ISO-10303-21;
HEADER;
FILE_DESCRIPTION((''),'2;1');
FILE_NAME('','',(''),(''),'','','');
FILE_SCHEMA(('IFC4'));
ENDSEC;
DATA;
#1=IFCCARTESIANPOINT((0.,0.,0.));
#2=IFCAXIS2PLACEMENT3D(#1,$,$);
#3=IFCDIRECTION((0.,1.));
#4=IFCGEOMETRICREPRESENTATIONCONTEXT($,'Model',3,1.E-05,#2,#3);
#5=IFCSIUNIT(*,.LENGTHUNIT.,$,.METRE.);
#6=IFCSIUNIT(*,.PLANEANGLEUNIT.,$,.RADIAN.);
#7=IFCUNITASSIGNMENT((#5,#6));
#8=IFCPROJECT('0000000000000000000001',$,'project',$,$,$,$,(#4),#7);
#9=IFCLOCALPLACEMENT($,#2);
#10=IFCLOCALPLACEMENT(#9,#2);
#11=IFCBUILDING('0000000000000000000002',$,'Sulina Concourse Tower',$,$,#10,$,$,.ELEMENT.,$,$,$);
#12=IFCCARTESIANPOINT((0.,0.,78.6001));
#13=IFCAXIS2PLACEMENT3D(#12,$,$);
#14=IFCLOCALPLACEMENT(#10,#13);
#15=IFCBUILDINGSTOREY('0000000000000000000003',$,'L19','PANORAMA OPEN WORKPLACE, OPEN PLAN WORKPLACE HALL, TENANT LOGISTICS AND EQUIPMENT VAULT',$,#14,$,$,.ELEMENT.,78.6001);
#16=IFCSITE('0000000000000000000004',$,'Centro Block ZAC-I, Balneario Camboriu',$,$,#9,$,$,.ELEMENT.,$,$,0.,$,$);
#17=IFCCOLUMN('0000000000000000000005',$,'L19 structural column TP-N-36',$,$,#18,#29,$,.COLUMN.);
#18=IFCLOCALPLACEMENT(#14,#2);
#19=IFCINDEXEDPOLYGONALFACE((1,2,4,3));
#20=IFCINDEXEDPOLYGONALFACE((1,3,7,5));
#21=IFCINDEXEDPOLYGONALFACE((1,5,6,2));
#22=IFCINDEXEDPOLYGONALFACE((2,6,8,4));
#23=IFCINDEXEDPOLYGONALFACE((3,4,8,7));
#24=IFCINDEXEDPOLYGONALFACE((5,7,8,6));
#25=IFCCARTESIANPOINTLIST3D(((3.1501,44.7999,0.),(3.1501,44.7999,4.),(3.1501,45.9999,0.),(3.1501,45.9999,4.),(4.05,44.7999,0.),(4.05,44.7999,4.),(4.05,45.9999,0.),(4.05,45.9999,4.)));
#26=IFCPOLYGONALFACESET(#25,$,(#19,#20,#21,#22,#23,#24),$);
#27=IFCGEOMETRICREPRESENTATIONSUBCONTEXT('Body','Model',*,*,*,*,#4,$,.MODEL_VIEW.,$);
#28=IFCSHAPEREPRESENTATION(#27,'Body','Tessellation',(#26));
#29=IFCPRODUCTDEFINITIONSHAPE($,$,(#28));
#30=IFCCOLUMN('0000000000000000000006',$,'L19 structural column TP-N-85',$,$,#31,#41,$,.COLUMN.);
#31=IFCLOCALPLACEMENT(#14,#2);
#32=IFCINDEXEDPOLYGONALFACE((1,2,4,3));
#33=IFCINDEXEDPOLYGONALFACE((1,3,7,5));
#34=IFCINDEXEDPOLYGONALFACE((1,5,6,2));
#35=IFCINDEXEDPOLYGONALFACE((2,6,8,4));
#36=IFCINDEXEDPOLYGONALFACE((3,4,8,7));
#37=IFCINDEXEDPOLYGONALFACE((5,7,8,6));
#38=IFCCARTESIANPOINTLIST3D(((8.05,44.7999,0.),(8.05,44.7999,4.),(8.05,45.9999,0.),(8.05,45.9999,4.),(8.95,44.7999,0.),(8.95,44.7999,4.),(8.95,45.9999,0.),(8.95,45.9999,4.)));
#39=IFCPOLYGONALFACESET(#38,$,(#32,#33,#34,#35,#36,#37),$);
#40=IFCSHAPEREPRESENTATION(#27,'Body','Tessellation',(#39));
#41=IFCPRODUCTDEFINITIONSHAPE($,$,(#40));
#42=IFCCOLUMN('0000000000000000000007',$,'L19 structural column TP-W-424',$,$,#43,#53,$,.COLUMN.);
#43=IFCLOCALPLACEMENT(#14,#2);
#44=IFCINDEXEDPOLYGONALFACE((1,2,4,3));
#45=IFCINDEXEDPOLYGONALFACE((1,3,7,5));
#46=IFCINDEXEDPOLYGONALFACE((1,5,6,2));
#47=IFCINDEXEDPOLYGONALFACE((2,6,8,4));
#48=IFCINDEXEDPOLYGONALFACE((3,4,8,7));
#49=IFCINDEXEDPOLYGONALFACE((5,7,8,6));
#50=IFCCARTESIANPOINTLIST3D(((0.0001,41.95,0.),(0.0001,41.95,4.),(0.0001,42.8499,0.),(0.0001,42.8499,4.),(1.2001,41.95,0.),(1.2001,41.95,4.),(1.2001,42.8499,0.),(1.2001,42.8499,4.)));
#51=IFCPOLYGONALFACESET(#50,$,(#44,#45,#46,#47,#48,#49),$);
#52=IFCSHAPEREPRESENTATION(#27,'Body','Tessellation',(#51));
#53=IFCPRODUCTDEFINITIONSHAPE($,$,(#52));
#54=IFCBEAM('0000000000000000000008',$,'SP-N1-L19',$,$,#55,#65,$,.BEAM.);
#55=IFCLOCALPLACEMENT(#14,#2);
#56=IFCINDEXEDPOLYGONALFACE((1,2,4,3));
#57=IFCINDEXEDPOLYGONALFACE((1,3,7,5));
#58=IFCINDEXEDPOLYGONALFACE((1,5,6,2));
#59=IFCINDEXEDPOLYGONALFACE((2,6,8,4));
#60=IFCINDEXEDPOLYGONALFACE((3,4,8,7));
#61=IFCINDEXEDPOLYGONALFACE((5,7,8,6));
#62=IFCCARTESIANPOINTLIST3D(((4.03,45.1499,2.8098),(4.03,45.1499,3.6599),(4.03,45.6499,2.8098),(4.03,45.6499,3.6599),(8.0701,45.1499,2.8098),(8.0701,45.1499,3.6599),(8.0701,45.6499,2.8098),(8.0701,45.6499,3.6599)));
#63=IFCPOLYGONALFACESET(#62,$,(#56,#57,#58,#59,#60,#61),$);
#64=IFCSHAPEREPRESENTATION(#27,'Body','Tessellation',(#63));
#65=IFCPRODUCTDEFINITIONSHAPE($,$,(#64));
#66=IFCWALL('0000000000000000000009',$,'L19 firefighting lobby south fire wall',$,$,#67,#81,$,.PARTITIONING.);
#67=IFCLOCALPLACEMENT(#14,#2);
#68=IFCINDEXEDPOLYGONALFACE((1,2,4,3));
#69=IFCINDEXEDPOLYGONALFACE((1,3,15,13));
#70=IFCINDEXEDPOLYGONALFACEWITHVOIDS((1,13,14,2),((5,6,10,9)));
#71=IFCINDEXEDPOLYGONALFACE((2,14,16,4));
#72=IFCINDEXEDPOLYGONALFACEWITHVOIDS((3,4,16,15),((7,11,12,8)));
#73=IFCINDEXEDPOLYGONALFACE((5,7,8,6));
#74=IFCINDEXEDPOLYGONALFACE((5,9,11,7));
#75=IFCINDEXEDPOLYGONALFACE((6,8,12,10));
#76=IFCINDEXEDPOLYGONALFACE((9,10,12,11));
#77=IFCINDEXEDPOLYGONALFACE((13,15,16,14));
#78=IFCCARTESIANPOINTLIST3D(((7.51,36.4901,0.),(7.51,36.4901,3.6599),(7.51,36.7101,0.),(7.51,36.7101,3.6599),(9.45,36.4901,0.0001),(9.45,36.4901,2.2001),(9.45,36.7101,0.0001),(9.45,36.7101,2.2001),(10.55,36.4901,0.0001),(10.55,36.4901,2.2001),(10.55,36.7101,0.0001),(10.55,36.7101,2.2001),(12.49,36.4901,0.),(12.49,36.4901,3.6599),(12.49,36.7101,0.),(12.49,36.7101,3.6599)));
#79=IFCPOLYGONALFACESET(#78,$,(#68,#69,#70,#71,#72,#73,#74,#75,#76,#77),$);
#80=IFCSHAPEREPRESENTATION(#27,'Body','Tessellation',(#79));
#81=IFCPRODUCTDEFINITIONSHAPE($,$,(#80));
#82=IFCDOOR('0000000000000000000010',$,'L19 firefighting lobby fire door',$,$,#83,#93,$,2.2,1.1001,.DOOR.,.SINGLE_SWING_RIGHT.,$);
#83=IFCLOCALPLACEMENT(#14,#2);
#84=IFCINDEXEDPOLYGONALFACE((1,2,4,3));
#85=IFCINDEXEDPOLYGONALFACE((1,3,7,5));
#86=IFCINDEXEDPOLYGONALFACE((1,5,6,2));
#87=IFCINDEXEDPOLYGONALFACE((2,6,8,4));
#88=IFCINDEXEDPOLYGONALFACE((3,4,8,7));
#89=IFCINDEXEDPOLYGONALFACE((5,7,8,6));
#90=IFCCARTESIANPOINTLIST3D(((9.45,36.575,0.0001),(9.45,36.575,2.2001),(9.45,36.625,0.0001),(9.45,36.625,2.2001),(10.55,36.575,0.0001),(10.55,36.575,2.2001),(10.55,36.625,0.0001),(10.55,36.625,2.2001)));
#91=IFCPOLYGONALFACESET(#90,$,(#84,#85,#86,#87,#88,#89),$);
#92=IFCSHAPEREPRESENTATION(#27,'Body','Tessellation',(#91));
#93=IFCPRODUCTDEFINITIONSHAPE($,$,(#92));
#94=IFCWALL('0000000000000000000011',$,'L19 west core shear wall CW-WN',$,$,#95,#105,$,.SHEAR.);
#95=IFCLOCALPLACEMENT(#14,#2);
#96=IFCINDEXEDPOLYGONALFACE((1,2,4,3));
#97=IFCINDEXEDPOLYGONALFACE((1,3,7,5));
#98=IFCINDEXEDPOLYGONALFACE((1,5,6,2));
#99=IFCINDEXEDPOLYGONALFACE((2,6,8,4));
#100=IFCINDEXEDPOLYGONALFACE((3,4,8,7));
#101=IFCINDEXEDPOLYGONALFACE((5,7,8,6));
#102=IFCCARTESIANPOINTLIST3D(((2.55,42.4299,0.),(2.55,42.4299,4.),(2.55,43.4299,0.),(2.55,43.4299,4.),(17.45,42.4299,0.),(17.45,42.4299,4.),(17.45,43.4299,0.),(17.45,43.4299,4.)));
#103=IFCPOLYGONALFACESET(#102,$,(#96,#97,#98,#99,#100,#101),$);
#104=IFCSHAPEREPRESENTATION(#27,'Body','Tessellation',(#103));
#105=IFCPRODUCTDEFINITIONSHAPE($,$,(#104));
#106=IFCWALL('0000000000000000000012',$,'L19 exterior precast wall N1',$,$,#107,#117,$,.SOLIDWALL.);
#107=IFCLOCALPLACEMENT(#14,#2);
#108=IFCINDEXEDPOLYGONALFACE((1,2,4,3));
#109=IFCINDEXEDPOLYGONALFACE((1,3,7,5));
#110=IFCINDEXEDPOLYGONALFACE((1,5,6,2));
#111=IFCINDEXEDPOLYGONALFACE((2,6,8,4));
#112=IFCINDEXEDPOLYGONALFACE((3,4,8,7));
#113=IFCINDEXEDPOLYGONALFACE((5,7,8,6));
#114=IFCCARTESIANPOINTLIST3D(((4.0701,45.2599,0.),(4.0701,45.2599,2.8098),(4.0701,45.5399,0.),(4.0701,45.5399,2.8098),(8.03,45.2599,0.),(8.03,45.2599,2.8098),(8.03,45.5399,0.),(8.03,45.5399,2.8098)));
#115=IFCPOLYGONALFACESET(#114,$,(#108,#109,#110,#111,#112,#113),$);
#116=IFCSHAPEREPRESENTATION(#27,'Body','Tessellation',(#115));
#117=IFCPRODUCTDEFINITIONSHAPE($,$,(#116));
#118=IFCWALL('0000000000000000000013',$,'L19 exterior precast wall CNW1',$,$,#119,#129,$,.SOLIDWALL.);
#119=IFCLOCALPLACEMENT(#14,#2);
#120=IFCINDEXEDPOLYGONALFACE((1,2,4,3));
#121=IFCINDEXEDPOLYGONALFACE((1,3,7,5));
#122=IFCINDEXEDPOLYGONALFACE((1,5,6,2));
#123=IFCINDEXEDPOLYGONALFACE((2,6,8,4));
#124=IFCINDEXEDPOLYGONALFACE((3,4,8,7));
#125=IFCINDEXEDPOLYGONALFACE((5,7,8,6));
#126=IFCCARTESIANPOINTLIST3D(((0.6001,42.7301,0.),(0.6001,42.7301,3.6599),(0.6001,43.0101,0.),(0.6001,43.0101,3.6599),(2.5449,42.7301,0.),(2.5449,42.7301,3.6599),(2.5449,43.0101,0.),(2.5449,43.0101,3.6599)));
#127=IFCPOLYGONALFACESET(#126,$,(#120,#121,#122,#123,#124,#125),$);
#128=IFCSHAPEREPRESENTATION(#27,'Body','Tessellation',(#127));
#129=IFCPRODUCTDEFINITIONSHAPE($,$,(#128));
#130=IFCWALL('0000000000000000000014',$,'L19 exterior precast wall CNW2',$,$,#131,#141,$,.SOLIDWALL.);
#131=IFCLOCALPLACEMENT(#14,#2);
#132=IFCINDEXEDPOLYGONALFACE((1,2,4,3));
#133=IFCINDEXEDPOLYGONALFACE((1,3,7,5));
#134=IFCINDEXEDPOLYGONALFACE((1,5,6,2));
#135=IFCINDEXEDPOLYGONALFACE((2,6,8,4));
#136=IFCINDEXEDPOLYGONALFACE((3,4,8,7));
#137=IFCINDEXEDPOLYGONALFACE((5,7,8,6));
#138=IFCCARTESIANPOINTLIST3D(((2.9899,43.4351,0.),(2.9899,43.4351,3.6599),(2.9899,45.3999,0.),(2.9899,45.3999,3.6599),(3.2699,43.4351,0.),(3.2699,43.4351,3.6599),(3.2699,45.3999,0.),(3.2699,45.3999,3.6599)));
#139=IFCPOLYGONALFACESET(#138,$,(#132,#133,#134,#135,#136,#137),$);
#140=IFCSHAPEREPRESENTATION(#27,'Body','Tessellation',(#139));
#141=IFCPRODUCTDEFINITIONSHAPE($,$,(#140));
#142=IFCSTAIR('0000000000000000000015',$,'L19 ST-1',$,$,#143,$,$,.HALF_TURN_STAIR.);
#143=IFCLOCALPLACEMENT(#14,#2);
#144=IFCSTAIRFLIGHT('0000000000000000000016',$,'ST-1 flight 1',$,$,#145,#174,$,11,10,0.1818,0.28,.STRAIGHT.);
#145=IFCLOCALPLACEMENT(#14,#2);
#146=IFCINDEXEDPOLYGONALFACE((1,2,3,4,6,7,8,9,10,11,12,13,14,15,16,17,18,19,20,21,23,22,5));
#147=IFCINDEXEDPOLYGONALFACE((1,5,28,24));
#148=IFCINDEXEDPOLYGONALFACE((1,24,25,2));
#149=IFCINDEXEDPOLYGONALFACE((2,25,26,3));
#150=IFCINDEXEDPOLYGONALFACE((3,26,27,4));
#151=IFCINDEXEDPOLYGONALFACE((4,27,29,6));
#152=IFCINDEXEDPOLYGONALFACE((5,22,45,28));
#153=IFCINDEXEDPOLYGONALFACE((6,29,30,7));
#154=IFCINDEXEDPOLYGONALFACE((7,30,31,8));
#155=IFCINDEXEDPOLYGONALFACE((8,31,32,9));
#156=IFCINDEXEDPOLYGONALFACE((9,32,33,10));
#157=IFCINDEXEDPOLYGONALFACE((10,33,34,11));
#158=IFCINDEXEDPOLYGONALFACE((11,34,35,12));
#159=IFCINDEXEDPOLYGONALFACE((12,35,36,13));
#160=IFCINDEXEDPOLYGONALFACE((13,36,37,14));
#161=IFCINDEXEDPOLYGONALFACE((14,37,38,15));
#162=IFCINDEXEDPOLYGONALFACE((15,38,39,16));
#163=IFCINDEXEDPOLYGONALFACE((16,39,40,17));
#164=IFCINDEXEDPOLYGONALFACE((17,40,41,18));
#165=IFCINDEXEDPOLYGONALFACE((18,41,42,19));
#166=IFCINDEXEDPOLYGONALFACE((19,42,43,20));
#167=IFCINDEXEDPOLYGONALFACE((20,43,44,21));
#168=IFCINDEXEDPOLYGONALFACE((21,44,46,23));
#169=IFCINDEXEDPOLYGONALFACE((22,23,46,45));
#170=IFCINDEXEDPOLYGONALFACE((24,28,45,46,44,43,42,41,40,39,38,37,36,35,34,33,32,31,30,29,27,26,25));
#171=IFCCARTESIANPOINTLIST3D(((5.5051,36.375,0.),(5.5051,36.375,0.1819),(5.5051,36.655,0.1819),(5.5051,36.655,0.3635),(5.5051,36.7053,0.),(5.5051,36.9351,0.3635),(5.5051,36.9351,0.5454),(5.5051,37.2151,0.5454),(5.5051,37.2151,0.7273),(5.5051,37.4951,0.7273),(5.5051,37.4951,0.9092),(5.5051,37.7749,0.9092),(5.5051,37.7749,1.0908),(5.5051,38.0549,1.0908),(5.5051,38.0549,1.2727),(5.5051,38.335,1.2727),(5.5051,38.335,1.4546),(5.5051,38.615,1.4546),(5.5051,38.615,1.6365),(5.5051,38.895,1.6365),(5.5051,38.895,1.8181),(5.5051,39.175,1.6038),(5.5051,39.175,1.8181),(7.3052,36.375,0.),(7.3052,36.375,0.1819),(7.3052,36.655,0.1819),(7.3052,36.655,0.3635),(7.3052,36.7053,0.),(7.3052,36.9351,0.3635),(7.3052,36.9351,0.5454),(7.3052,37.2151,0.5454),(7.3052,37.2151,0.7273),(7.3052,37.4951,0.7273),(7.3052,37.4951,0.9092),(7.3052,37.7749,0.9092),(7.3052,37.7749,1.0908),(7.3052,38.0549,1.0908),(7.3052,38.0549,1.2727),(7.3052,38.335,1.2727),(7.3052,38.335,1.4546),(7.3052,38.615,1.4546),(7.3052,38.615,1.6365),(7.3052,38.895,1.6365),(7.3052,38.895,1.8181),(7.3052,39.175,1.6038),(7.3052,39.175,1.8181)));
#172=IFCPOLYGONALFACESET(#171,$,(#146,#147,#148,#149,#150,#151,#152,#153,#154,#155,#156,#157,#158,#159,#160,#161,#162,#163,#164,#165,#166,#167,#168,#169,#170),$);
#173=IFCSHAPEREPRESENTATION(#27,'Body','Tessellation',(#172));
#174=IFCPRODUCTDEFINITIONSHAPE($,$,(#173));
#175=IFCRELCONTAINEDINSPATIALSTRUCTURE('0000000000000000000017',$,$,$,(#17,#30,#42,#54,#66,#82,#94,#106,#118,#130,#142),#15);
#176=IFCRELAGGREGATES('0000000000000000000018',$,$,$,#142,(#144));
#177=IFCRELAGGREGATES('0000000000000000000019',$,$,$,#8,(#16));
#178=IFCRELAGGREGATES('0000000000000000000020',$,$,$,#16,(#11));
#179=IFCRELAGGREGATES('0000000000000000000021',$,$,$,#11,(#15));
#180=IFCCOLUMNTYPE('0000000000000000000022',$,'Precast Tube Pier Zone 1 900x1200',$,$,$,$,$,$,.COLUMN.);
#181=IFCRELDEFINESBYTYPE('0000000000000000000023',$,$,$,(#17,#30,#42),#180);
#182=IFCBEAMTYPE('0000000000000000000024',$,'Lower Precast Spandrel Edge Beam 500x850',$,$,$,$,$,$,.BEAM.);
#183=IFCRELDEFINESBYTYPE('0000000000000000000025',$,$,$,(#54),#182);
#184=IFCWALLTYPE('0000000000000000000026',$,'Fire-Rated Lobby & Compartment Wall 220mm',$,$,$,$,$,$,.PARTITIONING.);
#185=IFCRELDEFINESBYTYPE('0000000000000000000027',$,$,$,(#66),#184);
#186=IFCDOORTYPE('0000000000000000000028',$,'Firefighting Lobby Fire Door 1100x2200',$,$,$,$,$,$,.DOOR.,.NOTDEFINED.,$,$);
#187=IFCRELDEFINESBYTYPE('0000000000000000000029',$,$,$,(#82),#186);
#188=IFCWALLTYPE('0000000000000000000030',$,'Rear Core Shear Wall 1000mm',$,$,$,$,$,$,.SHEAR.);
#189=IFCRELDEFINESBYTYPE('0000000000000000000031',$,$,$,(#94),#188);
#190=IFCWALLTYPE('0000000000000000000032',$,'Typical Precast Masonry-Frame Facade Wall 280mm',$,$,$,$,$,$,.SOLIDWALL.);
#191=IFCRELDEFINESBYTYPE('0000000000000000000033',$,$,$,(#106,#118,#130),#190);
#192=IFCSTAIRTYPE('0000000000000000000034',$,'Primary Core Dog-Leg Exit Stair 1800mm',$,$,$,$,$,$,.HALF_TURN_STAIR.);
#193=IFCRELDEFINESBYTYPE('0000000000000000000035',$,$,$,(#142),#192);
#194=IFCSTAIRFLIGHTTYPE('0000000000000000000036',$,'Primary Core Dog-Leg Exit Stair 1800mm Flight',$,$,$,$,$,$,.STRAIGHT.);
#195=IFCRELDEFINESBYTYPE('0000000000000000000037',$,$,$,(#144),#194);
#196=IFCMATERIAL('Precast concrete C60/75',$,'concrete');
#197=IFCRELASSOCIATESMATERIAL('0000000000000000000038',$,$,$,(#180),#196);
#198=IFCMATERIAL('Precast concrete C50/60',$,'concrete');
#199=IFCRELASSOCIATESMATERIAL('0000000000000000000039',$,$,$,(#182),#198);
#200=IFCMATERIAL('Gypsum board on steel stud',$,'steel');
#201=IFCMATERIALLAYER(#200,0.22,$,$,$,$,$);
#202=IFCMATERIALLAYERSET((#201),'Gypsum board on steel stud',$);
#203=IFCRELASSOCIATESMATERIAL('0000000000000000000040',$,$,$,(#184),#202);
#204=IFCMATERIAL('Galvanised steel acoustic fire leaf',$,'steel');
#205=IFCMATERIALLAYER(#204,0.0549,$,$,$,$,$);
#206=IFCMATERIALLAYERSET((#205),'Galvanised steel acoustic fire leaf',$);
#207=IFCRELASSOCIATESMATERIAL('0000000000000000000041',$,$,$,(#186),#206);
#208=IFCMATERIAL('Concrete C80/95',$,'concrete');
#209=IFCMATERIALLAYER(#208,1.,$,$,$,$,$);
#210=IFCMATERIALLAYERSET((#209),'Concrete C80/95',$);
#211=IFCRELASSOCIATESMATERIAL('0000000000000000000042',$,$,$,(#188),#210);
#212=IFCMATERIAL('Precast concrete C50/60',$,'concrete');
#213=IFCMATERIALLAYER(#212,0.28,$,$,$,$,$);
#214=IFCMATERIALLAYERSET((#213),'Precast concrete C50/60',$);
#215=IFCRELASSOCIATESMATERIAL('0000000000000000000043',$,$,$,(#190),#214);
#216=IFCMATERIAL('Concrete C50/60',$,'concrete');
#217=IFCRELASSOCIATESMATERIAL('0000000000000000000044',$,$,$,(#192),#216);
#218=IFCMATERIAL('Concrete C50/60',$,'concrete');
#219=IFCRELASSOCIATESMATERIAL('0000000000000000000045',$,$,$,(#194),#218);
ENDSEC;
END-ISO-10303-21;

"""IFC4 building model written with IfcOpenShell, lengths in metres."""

from ifc_helpers import new_model, si_unit, direction, frame, frame_2d, origin, origin_2d, place, context, subcontext, project, spatial, polyline, rectangle, outline, extrude, material, layer, layer_set, material_profile, profile_set, type_object, element, fill, aggregate, save


model = new_model("IFC4")

# Units and contexts
model_context = context("Model", 3, precision=1e-05, world=origin(), true_north=direction((0.0, 1.0)))
body_context = subcontext(model_context, "Body", "Model", "MODEL_VIEW")
ifc_project = project(units=[si_unit("LENGTHUNIT", "METRE"), si_unit("PLANEANGLEUNIT", "RADIAN")], contexts=[model_context])

# Site, building, storey
site_placement = place(None, origin())
site = spatial("IfcSite", under=ifc_project, at=site_placement, Name="Centro Block ZAC-I, Balneario Camboriu", CompositionType="ELEMENT", RefElevation=0.0)
building_placement = place(site_placement, origin())
building = spatial("IfcBuilding", under=site, at=building_placement, Name="Sulina Concourse Tower", CompositionType="ELEMENT")
storey_placement = place(building_placement, frame((0.0, 0.0, 78.6001)))
storey = spatial("IfcBuildingStorey", under=building, at=storey_placement, Name="L19", Description="PANORAMA OPEN WORKPLACE, OPEN PLAN WORKPLACE HALL, TENANT LOGISTICS AND EQUIPMENT VAULT", CompositionType="ELEMENT", Elevation=78.6001)

# Columns
ifc_material_1 = material(Name="Precast concrete C60/75", Category="concrete")
ifc_material_profile_1 = material_profile(ifc_material_1, rectangle(XDim=0.8999, YDim=1.2, at=origin_2d()), Name="PC 900x1200")
ifc_profile_set_1 = profile_set([ifc_material_profile_1], Name="Precast concrete C60/75")
column_type = type_object("IfcColumnType", Name="Precast Tube Pier Zone 1 900x1200", PredefinedType="COLUMN", material=ifc_profile_set_1)
for number, where, z_axis, x_axis, name in (
    (1, (3.6001, 45.3999, 0.0), (0.0, 0.0, 1.0), (1.0, 0.0, 0.0), "L19 structural column TP-N-36"),
    (2, (8.5, 45.3999, 0.0), (0.0, 0.0, 1.0), (1.0, 0.0, 0.0), "L19 structural column TP-N-85"),
    (3, (0.6001, 42.3999, 0.0), (0.0, 0.0, 1.0), (0.0, 1.0, 0.0), "L19 structural column TP-W-424"),
):
    element("IfcColumn", number, at=place(storey_placement, frame(where, z_axis=z_axis, x_axis=x_axis)), inside=storey, type_object=column_type, Name=name, PredefinedType="COLUMN", context=body_context, shape_type="SweptSolid", body=[
        extrude(rectangle(XDim=0.8999, YDim=1.2, at=origin_2d()), origin(), (0.0, 0.0, 1.0), 4.0),
    ])

# Beam
ifc_material_2 = material(Name="Precast concrete C50/60", Category="concrete")
ifc_material_profile_2 = material_profile(ifc_material_2, rectangle(XDim=0.5, YDim=0.8501, at=origin_2d()), Name="RC 500x850")
ifc_profile_set_2 = profile_set([ifc_material_profile_2], Name="Precast concrete C50/60")
beam_type = type_object("IfcBeamType", Name="Lower Precast Spandrel Edge Beam 500x850", PredefinedType="BEAM", material=ifc_profile_set_2)
beam_placement = place(storey_placement, frame((4.03, 45.3999, 3.2349), z_axis=(1.0, 0.0, 0.0), x_axis=(0.0, 1.0, 0.0)))
element("IfcBeam", 4, at=beam_placement, inside=storey, type_object=beam_type, Name="SP-N1-L19", PredefinedType="BEAM", context=body_context, shape_type="SweptSolid", body=[
    extrude(rectangle(XDim=0.5, YDim=0.8501, at=origin_2d()), origin(), (0.0, 0.0, 1.0), 4.04),
])

# Wall, opening, door
ifc_material_3 = material(Name="Gypsum board on steel stud", Category="steel")
ifc_layer_1 = layer(ifc_material_3, 0.22)
ifc_layer_set_1 = layer_set([ifc_layer_1], Name="Gypsum board on steel stud")
wall_type_1 = type_object("IfcWallType", Name="Fire-Rated Lobby & Compartment Wall 220mm", PredefinedType="PARTITIONING", material=ifc_layer_set_1)
wall_1_placement = place(storey_placement, frame((7.51, 36.6001, 0.0), z_axis=(0.0, 0.0, 1.0), x_axis=(1.0, 0.0, 0.0)))
wall_1 = element("IfcWall", 5, at=wall_1_placement, inside=storey, type_object=wall_type_1, Name="L19 firefighting lobby south fire wall", PredefinedType="PARTITIONING", context=body_context, shape_type="SweptSolid", body=[
    extrude(rectangle(XDim=4.98, YDim=0.22, at=frame_2d((2.49, 0.0))), origin(), (0.0, 0.0, 1.0), 3.6599),
])
opening_placement = place(wall_1_placement, frame((1.9399, 0.0, 0.0)))
opening = element("IfcOpeningElement", 6, at=opening_placement, cuts=wall_1, PredefinedType="OPENING", context=body_context, shape_type="SweptSolid", body=[
    extrude(rectangle(XDim=1.1001, YDim=2.2, at=frame_2d((0.55, 1.1001))), frame((0.0, 0.1199, 0.0), z_axis=(0.0, -1.0, 0.0), x_axis=(1.0, 0.0, 0.0)), (0.0, 0.0, 1.0), 0.24),
])
ifc_material_4 = material(Name="Galvanised steel acoustic fire leaf", Category="steel")
ifc_layer_2 = layer(ifc_material_4, 0.0549)
ifc_layer_set_2 = layer_set([ifc_layer_2], Name="Galvanised steel acoustic fire leaf")
door_type = type_object("IfcDoorType", Name="Firefighting Lobby Fire Door 1100x2200", OperationType="NOTDEFINED", PredefinedType="DOOR", material=ifc_layer_set_2)
door_placement = place(opening_placement, origin())
door = element("IfcDoor", 7, at=door_placement, inside=storey, type_object=door_type, Name="L19 firefighting lobby fire door", OperationType="SINGLE_SWING_RIGHT", OverallHeight=2.2, OverallWidth=1.1001, PredefinedType="DOOR", context=body_context, shape_type="SweptSolid", body=[
    extrude(rectangle(XDim=1.1001, YDim=2.2, at=frame_2d((0.55, 1.1001))), frame((0.0, 0.0249, 0.0), z_axis=(0.0, -1.0, 0.0), x_axis=(1.0, 0.0, 0.0)), (0.0, 0.0, 1.0), 0.05),
])
fill(opening, door)

# Walls
ifc_material_5 = material(Name="Concrete C80/95", Category="concrete")
ifc_layer_3 = layer(ifc_material_5, 1.0)
ifc_layer_set_3 = layer_set([ifc_layer_3], Name="Concrete C80/95")
wall_type_2 = type_object("IfcWallType", Name="Rear Core Shear Wall 1000mm", PredefinedType="SHEAR", material=ifc_layer_set_3)
wall_2_placement = place(storey_placement, frame((2.55, 42.9299, 0.0), z_axis=(0.0, 0.0, 1.0), x_axis=(1.0, 0.0, 0.0)))
element("IfcWall", 8, at=wall_2_placement, inside=storey, type_object=wall_type_2, Name="L19 west core shear wall CW-WN", PredefinedType="SHEAR", context=body_context, shape_type="SweptSolid", body=[
    extrude(rectangle(XDim=14.8999, YDim=1.0, at=frame_2d((7.45, 0.0))), origin(), (0.0, 0.0, 1.0), 4.0),
])
ifc_material_6 = material(Name="Precast concrete C50/60", Category="concrete")
ifc_layer_4 = layer(ifc_material_6, 0.28)
ifc_layer_set_4 = layer_set([ifc_layer_4], Name="Precast concrete C50/60")
wall_type_3 = type_object("IfcWallType", Name="Typical Precast Masonry-Frame Facade Wall 280mm", PredefinedType="SOLIDWALL", material=ifc_layer_set_4)
wall_3_placement = place(storey_placement, frame((4.0701, 45.3999, 0.0), z_axis=(0.0, 0.0, 1.0), x_axis=(1.0, 0.0, 0.0)))
element("IfcWall", 9, at=wall_3_placement, inside=storey, type_object=wall_type_3, Name="L19 exterior precast wall N1", PredefinedType="SOLIDWALL", context=body_context, shape_type="SweptSolid", body=[
    extrude(rectangle(XDim=3.96, YDim=0.28, at=frame_2d((1.98, 0.0))), origin(), (0.0, 0.0, 1.0), 2.8098),
])
wall_4_placement = place(storey_placement, frame((0.6001, 42.8701, 0.0), z_axis=(0.0, 0.0, 1.0), x_axis=(1.0, 0.0, 0.0)))
element("IfcWall", 10, at=wall_4_placement, inside=storey, type_object=wall_type_3, Name="L19 exterior precast wall CNW1", PredefinedType="SOLIDWALL", context=body_context, shape_type="SweptSolid", body=[
    extrude(rectangle(XDim=1.9448, YDim=0.28, at=frame_2d((0.9724, 0.0))), origin(), (0.0, 0.0, 1.0), 3.6599),
])
wall_5_placement = place(storey_placement, frame((3.1299, 43.4351, 0.0), z_axis=(0.0, 0.0, 1.0), x_axis=(0.0, 1.0, 0.0)))
element("IfcWall", 11, at=wall_5_placement, inside=storey, type_object=wall_type_3, Name="L19 exterior precast wall CNW2", PredefinedType="SOLIDWALL", context=body_context, shape_type="SweptSolid", body=[
    extrude(rectangle(XDim=1.9648, YDim=0.28, at=frame_2d((0.9824, 0.0))), origin(), (0.0, 0.0, 1.0), 3.6599),
])

# Stair, stair flight
ifc_material_7 = material(Name="Concrete C50/60", Category="concrete")
stair_type = type_object("IfcStairType", Name="Primary Core Dog-Leg Exit Stair 1800mm", PredefinedType="HALF_TURN_STAIR", material=ifc_material_7)
stair_placement = place(storey_placement, origin())
stair = element("IfcStair", 12, at=stair_placement, inside=storey, type_object=stair_type, Name="L19 ST-1", PredefinedType="HALF_TURN_STAIR")
ifc_material_8 = material(Name="Concrete C50/60", Category="concrete")
stair_flight_type = type_object("IfcStairFlightType", Name="Primary Core Dog-Leg Exit Stair 1800mm Flight", PredefinedType="STRAIGHT", material=ifc_material_8)
stair_flight_1_placement = place(storey_placement, frame((6.405, 36.375, 0.0), z_axis=(0.0, 0.0, 1.0), x_axis=(0.0, 1.0, 0.0)))
stair_flight_1 = element("IfcStairFlight", 13, at=stair_flight_1_placement, type_object=stair_flight_type, Name="ST-1 flight 1", NumberOfRisers=11, NumberOfTreads=10, PredefinedType="STRAIGHT", RiserHeight=0.1818, TreadLength=0.28, context=body_context, shape_type="SweptSolid", body=[
    extrude(outline(polyline([(0.0, 0.0), (0.0, 0.1819), (0.28, 0.1819), (0.28, 0.3635), (0.5601, 0.3635), (0.5601, 0.5454), (0.8401, 0.5454), (0.8401, 0.7273), (1.1201, 0.7273), (1.1201, 0.9092), (1.3999, 0.9092), (1.3999, 1.0908), (1.6799, 1.0908), (1.6799, 1.2727), (1.96, 1.2727), (1.96, 1.4546), (2.24, 1.4546), (2.24, 1.6365), (2.52, 1.6365), (2.52, 1.8181), (2.8, 1.8181), (2.8, 2.0), (2.8, 1.6038), (0.3303, 0.0), (0.0, 0.0)])), frame((0.0, 0.8999, 0.0), z_axis=(0.0, -1.0, 0.0), x_axis=(1.0, 0.0, 0.0)), (0.0, 0.0, 1.0), 1.8),
])
aggregate(stair, [stair_flight_1])

save(model, "model.ifc")
